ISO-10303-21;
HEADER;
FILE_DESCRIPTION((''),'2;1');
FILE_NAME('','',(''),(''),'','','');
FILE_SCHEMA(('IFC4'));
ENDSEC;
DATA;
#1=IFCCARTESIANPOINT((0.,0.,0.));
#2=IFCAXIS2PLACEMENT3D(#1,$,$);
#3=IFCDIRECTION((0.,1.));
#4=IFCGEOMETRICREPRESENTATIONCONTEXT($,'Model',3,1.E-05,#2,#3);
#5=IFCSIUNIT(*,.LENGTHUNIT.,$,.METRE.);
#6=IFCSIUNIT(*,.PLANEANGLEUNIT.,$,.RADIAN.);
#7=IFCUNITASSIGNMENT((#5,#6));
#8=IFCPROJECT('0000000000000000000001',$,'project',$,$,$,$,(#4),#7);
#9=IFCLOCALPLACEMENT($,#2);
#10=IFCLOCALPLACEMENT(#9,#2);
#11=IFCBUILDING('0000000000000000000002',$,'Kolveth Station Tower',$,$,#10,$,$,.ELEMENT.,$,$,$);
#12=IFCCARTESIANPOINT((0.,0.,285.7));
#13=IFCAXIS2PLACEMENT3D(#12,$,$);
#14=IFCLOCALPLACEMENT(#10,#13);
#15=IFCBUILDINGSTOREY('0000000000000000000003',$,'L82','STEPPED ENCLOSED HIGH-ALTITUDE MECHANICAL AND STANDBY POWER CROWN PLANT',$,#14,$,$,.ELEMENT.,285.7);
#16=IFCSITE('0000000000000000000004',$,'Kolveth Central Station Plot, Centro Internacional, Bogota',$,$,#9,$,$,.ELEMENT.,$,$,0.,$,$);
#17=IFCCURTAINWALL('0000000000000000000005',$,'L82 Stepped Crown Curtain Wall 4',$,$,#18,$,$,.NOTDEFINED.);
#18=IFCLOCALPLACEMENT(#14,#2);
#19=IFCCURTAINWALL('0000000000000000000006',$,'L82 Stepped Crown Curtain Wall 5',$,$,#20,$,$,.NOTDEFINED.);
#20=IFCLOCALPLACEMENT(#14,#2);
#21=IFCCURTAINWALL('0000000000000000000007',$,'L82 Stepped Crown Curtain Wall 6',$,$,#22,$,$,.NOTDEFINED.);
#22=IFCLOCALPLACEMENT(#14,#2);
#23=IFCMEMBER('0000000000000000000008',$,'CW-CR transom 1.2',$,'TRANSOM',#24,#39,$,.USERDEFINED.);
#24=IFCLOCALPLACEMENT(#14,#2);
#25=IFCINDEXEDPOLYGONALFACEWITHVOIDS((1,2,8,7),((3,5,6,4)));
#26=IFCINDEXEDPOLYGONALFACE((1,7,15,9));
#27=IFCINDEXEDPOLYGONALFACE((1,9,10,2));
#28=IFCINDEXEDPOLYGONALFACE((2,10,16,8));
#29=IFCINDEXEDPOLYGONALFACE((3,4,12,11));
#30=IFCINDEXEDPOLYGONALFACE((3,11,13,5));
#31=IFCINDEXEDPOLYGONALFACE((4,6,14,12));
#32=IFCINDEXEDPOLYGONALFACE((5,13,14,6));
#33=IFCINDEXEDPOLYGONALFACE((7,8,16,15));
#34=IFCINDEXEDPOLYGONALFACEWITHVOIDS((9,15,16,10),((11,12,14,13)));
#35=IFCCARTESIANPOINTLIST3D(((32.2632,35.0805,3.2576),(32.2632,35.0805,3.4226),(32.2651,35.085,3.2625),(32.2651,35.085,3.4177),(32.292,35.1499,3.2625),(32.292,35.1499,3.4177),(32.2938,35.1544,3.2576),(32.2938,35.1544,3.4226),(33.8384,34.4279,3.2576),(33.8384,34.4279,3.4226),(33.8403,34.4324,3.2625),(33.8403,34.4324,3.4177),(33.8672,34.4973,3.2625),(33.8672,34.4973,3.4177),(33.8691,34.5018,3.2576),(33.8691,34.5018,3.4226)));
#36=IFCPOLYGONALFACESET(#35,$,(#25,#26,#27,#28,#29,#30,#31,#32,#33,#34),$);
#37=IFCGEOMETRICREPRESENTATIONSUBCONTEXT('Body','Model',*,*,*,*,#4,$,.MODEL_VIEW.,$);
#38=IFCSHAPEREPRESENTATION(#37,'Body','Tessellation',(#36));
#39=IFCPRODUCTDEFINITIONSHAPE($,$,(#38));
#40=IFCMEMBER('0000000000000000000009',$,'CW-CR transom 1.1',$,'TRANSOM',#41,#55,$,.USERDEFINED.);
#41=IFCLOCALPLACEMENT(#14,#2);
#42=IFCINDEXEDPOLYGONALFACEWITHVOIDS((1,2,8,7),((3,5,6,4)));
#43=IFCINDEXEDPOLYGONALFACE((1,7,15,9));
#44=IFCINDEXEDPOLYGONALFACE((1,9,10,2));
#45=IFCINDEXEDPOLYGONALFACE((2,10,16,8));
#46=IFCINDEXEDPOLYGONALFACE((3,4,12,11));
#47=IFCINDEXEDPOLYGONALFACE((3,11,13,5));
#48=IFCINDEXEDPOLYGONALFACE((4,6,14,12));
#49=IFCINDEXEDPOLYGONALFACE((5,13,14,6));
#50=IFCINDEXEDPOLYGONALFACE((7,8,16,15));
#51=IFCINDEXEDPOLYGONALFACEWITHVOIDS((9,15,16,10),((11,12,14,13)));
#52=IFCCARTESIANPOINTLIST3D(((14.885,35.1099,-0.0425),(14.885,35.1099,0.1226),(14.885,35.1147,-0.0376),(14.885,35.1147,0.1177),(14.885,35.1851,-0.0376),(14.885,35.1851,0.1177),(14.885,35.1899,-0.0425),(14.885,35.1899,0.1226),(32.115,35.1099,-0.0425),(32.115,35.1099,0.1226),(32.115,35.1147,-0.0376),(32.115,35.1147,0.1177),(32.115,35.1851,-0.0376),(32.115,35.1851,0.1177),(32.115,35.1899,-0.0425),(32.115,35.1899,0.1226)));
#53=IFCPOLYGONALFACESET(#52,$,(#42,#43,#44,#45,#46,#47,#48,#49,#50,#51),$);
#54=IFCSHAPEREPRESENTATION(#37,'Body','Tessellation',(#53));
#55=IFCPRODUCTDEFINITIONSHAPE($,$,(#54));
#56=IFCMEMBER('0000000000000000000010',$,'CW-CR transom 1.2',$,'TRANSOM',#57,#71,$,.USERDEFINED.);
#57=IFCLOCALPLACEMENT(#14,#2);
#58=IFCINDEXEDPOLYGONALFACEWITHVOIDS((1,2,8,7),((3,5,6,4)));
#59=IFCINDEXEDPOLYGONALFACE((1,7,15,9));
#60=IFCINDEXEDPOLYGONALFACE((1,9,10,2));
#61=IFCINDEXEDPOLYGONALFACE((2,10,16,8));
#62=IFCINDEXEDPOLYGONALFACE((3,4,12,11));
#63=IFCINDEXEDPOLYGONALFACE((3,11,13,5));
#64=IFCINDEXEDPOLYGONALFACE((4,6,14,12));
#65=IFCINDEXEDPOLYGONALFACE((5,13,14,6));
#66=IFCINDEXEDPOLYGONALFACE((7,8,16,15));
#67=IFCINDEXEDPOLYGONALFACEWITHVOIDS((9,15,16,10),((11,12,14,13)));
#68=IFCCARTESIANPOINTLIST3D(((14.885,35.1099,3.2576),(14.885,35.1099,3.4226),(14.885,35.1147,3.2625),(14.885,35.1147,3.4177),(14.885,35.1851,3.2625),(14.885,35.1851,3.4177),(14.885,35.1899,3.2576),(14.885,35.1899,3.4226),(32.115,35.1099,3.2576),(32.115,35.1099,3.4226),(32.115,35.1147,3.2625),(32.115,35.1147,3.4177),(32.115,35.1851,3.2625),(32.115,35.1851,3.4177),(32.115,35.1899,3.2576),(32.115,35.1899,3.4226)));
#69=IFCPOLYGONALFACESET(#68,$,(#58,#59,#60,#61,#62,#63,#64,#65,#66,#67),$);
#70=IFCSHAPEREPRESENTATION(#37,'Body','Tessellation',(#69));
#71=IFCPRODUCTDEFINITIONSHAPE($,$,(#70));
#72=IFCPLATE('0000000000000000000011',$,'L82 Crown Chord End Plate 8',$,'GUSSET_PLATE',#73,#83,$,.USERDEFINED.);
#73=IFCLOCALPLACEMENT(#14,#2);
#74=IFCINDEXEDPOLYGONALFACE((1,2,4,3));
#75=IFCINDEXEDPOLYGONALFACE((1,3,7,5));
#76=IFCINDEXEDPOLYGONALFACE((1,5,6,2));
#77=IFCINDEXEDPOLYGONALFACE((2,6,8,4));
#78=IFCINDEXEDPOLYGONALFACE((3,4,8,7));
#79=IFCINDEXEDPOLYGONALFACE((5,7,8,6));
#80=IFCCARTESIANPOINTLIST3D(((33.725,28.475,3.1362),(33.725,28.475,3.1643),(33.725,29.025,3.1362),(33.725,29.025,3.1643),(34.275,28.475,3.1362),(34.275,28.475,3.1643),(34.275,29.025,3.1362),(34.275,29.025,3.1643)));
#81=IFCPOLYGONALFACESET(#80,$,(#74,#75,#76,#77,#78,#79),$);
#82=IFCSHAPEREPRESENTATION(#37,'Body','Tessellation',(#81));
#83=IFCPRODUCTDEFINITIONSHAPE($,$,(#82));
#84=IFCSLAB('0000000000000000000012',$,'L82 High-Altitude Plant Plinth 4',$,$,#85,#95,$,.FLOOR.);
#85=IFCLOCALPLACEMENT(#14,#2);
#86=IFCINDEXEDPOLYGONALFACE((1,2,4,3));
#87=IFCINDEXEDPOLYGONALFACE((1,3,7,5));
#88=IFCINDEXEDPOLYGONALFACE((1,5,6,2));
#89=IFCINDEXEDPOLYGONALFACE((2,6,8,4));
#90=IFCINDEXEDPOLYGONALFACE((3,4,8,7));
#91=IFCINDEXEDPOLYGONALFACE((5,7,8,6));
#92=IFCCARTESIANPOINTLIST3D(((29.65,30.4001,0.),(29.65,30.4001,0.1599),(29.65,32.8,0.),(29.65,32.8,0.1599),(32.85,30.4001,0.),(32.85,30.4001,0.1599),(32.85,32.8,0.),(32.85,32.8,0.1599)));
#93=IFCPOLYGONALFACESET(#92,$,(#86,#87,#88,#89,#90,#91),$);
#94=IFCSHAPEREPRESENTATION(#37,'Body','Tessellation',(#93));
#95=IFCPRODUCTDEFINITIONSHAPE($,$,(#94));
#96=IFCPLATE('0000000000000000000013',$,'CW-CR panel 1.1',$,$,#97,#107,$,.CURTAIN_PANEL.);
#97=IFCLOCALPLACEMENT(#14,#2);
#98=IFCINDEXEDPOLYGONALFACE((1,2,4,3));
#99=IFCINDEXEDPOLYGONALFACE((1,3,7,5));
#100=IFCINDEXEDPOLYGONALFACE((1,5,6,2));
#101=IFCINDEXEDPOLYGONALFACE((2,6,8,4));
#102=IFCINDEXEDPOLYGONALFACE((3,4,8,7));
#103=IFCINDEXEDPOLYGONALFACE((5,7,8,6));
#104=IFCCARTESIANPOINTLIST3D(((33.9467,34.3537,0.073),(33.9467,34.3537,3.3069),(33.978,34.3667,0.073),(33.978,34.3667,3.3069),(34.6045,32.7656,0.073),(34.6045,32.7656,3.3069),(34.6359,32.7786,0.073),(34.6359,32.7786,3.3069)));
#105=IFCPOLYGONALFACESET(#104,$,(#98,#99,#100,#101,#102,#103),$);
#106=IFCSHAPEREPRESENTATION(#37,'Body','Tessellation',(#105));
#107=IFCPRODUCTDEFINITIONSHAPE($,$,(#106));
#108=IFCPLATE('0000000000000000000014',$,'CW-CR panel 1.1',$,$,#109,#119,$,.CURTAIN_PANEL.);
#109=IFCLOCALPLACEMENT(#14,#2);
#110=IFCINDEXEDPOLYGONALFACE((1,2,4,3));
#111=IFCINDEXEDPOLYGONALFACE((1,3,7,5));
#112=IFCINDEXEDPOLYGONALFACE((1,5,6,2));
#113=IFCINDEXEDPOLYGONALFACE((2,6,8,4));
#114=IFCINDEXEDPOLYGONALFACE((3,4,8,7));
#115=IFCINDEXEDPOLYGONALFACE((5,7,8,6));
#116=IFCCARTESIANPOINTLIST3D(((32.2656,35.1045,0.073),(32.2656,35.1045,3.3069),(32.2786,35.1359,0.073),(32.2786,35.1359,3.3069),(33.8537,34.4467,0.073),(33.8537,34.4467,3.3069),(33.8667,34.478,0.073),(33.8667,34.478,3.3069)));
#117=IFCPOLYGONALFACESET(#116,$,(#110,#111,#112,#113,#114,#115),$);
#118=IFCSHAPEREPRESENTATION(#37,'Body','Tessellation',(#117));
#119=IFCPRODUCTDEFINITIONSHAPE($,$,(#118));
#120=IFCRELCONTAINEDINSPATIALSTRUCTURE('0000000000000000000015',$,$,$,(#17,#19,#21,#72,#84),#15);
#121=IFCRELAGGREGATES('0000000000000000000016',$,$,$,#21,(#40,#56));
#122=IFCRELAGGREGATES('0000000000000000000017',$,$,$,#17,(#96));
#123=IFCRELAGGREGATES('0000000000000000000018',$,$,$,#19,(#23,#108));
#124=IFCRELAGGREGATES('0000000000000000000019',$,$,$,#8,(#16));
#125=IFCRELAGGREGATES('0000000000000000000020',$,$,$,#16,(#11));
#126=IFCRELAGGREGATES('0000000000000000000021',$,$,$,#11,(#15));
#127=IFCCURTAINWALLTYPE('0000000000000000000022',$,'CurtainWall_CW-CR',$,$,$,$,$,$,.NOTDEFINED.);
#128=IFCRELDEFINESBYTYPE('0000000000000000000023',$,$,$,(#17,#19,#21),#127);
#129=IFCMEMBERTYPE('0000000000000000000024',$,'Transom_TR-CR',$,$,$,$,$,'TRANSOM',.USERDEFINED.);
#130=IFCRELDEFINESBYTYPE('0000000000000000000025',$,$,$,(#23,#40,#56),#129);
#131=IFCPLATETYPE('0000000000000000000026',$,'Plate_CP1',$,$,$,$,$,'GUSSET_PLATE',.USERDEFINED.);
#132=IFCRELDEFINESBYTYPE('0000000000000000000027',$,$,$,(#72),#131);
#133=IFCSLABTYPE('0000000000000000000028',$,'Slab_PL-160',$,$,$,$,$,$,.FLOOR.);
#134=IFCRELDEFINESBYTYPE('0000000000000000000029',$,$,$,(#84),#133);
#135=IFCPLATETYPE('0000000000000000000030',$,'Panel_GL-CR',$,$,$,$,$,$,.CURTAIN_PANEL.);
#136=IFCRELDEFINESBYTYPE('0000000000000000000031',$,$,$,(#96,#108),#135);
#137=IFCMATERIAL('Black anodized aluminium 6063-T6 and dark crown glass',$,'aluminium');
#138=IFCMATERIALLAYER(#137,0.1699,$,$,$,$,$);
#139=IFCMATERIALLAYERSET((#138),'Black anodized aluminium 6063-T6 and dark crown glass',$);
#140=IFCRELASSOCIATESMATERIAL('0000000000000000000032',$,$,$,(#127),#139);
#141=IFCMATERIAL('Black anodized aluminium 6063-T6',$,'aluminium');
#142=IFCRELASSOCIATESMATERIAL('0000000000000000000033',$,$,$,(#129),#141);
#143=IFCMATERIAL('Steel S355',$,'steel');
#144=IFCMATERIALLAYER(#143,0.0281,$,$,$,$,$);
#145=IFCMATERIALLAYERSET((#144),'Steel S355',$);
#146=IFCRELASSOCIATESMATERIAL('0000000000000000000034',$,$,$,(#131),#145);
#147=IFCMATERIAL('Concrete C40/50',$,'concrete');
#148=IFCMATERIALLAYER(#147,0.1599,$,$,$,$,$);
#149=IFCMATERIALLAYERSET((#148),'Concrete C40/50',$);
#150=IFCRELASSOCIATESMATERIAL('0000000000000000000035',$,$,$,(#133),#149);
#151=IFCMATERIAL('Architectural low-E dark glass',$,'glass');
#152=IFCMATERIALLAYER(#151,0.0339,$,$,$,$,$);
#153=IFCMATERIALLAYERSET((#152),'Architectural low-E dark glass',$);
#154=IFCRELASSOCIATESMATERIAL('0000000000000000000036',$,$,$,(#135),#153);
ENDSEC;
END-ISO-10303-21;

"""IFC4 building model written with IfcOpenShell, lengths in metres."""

from ifc_helpers import new_model, si_unit, direction, frame, origin, origin_2d, place, context, subcontext, project, spatial, rectangle, hollow_rectangle, extrude, source, transform, mapped, material, layer, layer_set, material_profile, profile_set, type_object, element, aggregate, save


model = new_model("IFC4")

# Units and contexts
model_context = context("Model", 3, precision=1e-05, world=origin(), true_north=direction((0.0, 1.0)))
body_context = subcontext(model_context, "Body", "Model", "MODEL_VIEW")
ifc_project = project(units=[si_unit("LENGTHUNIT", "METRE"), si_unit("PLANEANGLEUNIT", "RADIAN")], contexts=[model_context])

# Site, building, storey
site_placement = place(None, origin())
site = spatial("IfcSite", under=ifc_project, at=site_placement, Name="Kolveth Central Station Plot, Centro Internacional, Bogota", CompositionType="ELEMENT", RefElevation=0.0)
building_placement = place(site_placement, origin())
building = spatial("IfcBuilding", under=site, at=building_placement, Name="Kolveth Station Tower", CompositionType="ELEMENT")
storey_placement = place(building_placement, frame((0.0, 0.0, 285.7)))
storey = spatial("IfcBuildingStorey", under=building, at=storey_placement, Name="L82", Description="STEPPED ENCLOSED HIGH-ALTITUDE MECHANICAL AND STANDBY POWER CROWN PLANT", CompositionType="ELEMENT", Elevation=285.7)

# Shared definitions
ifc_material_1 = material(Name="Steel S355", Category="steel")

# Shared definitions
ifc_material_2 = material(Name="Black anodized aluminium 6063-T6 and dark crown glass", Category="aluminium")
ifc_layer_1 = layer(ifc_material_2, 0.1699)
ifc_layer_set_1 = layer_set([ifc_layer_1], Name="Black anodized aluminium 6063-T6 and dark crown glass")
curtain_wall_type = type_object("IfcCurtainWallType", Name="CurtainWall_CW-CR", PredefinedType="NOTDEFINED", material=ifc_layer_set_1)
ifc_material_3 = material(Name="Black anodized aluminium 6063-T6", Category="aluminium")

# Curtain walls
curtain_wall_1_placement = place(storey_placement, origin())
curtain_wall_1 = element("IfcCurtainWall", 1, at=curtain_wall_1_placement, inside=storey, type_object=curtain_wall_type, Name="L82 Stepped Crown Curtain Wall 4", PredefinedType="NOTDEFINED")
curtain_wall_2_placement = place(storey_placement, origin())
curtain_wall_2 = element("IfcCurtainWall", 2, at=curtain_wall_2_placement, inside=storey, type_object=curtain_wall_type, Name="L82 Stepped Crown Curtain Wall 5", PredefinedType="NOTDEFINED")

# Curtain wall
curtain_wall_3_placement = place(storey_placement, origin())
curtain_wall_3 = element("IfcCurtainWall", 3, at=curtain_wall_3_placement, inside=storey, type_object=curtain_wall_type, Name="L82 Stepped Crown Curtain Wall 6", PredefinedType="NOTDEFINED")

# Members
ifc_material_profile_1 = material_profile(ifc_material_3, hollow_rectangle(XDim=0.0801, YDim=0.165, WallThickness=0.0049, at=origin_2d()), Name="ALU-80x165x5")
ifc_profile_set_1 = profile_set([ifc_material_profile_1], Name="Black anodized aluminium 6063-T6")
member_type_1 = type_object("IfcMemberType", Name="Transom_TR-CR", ElementType="TRANSOM", PredefinedType="USERDEFINED", material=ifc_profile_set_1)
shared_shape_1 = source(origin(), body_context, "Body", "SweptSolid", [
    extrude(hollow_rectangle(XDim=0.0801, YDim=0.165, WallThickness=0.0049, at=origin_2d()), origin(), (0.0, 0.0, 1.0), 1.7051),
])
member_1_placement = place(storey_placement, frame((33.8538, 34.4648, 3.3401), z_axis=(-0.923855, 0.382744, 0.0), x_axis=(-0.382744, -0.923855, 0.0)))
member_1 = element("IfcMember", 4, at=member_1_placement, type_object=member_type_1, Name="CW-CR transom 1.2", ObjectType="TRANSOM", PredefinedType="USERDEFINED", context=body_context, shape_type="MappedRepresentation", body=[
    mapped(shared_shape_1, transform((0.0, 0.0, 0.0), x_axis=(1.0, 0.0, 0.0), y_axis=(0.0, 1.0, 0.0), z_axis=(0.0, 0.0, 1.0), scale=1.0)),
])
shared_shape_2 = source(origin(), body_context, "Body", "SweptSolid", [
    extrude(hollow_rectangle(XDim=0.0801, YDim=0.165, WallThickness=0.0049, at=origin_2d()), origin(), (0.0, 0.0, 1.0), 17.23),
])
member_2_placement = place(storey_placement, frame((32.115, 35.1499, 0.04), z_axis=(-1.0, 0.0, 0.0), x_axis=(0.0, -1.0, 0.0)))
member_2 = element("IfcMember", 5, at=member_2_placement, type_object=member_type_1, Name="CW-CR transom 1.1", ObjectType="TRANSOM", PredefinedType="USERDEFINED", context=body_context, shape_type="MappedRepresentation", body=[
    mapped(shared_shape_2, transform((0.0, 0.0, 0.0), x_axis=(1.0, 0.0, 0.0), y_axis=(0.0, 1.0, 0.0), z_axis=(0.0, 0.0, 1.0), scale=1.0)),
])
member_3_placement = place(storey_placement, frame((32.115, 35.1499, 3.3401), z_axis=(-1.0, 0.0, 0.0), x_axis=(0.0, -1.0, 0.0)))
member_3 = element("IfcMember", 6, at=member_3_placement, type_object=member_type_1, Name="CW-CR transom 1.2", ObjectType="TRANSOM", PredefinedType="USERDEFINED", context=body_context, shape_type="MappedRepresentation", body=[
    mapped(shared_shape_2, transform((0.0, 0.0, 0.0), x_axis=(1.0, 0.0, 0.0), y_axis=(0.0, 1.0, 0.0), z_axis=(0.0, 0.0, 1.0), scale=1.0)),
])
aggregate(curtain_wall_3, [member_2, member_3])

# Plate
ifc_layer_2 = layer(ifc_material_1, 0.0281)
ifc_layer_set_2 = layer_set([ifc_layer_2], Name="Steel S355")
plate_type_1 = type_object("IfcPlateType", Name="Plate_CP1", ElementType="GUSSET_PLATE", PredefinedType="USERDEFINED", material=ifc_layer_set_2)
shared_shape_3 = source(origin(), body_context, "Body", "SweptSolid", [
    extrude(rectangle(XDim=0.55, YDim=0.55, at=origin_2d()), origin(), (0.0, 0.0, 1.0), 0.0281),
])
plate_1_placement = place(storey_placement, frame((34.0, 28.75, 3.1362), z_axis=(0.0, 0.0, 1.0), x_axis=(1.0, 0.0, 0.0)))
element("IfcPlate", 7, at=plate_1_placement, inside=storey, type_object=plate_type_1, Name="L82 Crown Chord End Plate 8", ObjectType="GUSSET_PLATE", PredefinedType="USERDEFINED", context=body_context, shape_type="MappedRepresentation", body=[
    mapped(shared_shape_3, transform((0.0, 0.0, 0.0), x_axis=(1.0, 0.0, 0.0), y_axis=(0.0, 1.0, 0.0), z_axis=(0.0, 0.0, 1.0), scale=1.0)),
])

# Slab
ifc_material_4 = material(Name="Concrete C40/50", Category="concrete")
ifc_layer_3 = layer(ifc_material_4, 0.1599)
ifc_layer_set_3 = layer_set([ifc_layer_3], Name="Concrete C40/50")
slab_type = type_object("IfcSlabType", Name="Slab_PL-160", PredefinedType="FLOOR", material=ifc_layer_set_3)
shared_shape_4 = source(origin(), body_context, "Body", "SweptSolid", [
    extrude(rectangle(XDim=3.2, YDim=2.3999, at=origin_2d()), origin(), (0.0, 0.0, 1.0), 0.1599),
])
slab_placement = place(storey_placement, frame((31.25, 31.6001, 0.0), z_axis=(0.0, 0.0, 1.0), x_axis=(1.0, 0.0, 0.0)))
element("IfcSlab", 8, at=slab_placement, inside=storey, type_object=slab_type, Name="L82 High-Altitude Plant Plinth 4", PredefinedType="FLOOR", context=body_context, shape_type="MappedRepresentation", body=[
    mapped(shared_shape_4, transform((0.0, 0.0, 0.0), x_axis=(1.0, 0.0, 0.0), y_axis=(0.0, 1.0, 0.0), z_axis=(0.0, 0.0, 1.0), scale=1.0)),
])

# Plates
ifc_material_5 = material(Name="Architectural low-E dark glass", Category="glass")
ifc_layer_4 = layer(ifc_material_5, 0.0339)
ifc_layer_set_4 = layer_set([ifc_layer_4], Name="Architectural low-E dark glass")
plate_type_2 = type_object("IfcPlateType", Name="Panel_GL-CR", PredefinedType="CURTAIN_PANEL", material=ifc_layer_set_4)
shared_shape_5 = source(origin(), body_context, "Body", "SweptSolid", [
    extrude(rectangle(XDim=1.719, YDim=0.0339, at=origin_2d()), origin(), (0.0, 0.0, 1.0), 3.2339),
])
plate_2_placement = place(storey_placement, frame((34.2913, 33.5662, 0.073), z_axis=(0.0, 0.0, 1.0), x_axis=(-0.382691, 0.923876, 0.0)))
plate_2 = element("IfcPlate", 9, at=plate_2_placement, type_object=plate_type_2, Name="CW-CR panel 1.1", PredefinedType="CURTAIN_PANEL", context=body_context, shape_type="MappedRepresentation", body=[
    mapped(shared_shape_5, transform((0.0, 0.0, 0.0), x_axis=(1.0, 0.0, 0.0), y_axis=(0.0, 1.0, 0.0), z_axis=(0.0, 0.0, 1.0), scale=1.0)),
])
aggregate(curtain_wall_1, [plate_2])
plate_3_placement = place(storey_placement, frame((33.0662, 34.7913, 0.073), z_axis=(0.0, 0.0, 1.0), x_axis=(-0.923876, 0.382691, 0.0)))
plate_3 = element("IfcPlate", 10, at=plate_3_placement, type_object=plate_type_2, Name="CW-CR panel 1.1", PredefinedType="CURTAIN_PANEL", context=body_context, shape_type="MappedRepresentation", body=[
    mapped(shared_shape_5, transform((0.0, 0.0, 0.0), x_axis=(1.0, 0.0, 0.0), y_axis=(0.0, 1.0, 0.0), z_axis=(0.0, 0.0, 1.0), scale=1.0)),
])
aggregate(curtain_wall_2, [member_1, plate_3])

save(model, "model.ifc")
